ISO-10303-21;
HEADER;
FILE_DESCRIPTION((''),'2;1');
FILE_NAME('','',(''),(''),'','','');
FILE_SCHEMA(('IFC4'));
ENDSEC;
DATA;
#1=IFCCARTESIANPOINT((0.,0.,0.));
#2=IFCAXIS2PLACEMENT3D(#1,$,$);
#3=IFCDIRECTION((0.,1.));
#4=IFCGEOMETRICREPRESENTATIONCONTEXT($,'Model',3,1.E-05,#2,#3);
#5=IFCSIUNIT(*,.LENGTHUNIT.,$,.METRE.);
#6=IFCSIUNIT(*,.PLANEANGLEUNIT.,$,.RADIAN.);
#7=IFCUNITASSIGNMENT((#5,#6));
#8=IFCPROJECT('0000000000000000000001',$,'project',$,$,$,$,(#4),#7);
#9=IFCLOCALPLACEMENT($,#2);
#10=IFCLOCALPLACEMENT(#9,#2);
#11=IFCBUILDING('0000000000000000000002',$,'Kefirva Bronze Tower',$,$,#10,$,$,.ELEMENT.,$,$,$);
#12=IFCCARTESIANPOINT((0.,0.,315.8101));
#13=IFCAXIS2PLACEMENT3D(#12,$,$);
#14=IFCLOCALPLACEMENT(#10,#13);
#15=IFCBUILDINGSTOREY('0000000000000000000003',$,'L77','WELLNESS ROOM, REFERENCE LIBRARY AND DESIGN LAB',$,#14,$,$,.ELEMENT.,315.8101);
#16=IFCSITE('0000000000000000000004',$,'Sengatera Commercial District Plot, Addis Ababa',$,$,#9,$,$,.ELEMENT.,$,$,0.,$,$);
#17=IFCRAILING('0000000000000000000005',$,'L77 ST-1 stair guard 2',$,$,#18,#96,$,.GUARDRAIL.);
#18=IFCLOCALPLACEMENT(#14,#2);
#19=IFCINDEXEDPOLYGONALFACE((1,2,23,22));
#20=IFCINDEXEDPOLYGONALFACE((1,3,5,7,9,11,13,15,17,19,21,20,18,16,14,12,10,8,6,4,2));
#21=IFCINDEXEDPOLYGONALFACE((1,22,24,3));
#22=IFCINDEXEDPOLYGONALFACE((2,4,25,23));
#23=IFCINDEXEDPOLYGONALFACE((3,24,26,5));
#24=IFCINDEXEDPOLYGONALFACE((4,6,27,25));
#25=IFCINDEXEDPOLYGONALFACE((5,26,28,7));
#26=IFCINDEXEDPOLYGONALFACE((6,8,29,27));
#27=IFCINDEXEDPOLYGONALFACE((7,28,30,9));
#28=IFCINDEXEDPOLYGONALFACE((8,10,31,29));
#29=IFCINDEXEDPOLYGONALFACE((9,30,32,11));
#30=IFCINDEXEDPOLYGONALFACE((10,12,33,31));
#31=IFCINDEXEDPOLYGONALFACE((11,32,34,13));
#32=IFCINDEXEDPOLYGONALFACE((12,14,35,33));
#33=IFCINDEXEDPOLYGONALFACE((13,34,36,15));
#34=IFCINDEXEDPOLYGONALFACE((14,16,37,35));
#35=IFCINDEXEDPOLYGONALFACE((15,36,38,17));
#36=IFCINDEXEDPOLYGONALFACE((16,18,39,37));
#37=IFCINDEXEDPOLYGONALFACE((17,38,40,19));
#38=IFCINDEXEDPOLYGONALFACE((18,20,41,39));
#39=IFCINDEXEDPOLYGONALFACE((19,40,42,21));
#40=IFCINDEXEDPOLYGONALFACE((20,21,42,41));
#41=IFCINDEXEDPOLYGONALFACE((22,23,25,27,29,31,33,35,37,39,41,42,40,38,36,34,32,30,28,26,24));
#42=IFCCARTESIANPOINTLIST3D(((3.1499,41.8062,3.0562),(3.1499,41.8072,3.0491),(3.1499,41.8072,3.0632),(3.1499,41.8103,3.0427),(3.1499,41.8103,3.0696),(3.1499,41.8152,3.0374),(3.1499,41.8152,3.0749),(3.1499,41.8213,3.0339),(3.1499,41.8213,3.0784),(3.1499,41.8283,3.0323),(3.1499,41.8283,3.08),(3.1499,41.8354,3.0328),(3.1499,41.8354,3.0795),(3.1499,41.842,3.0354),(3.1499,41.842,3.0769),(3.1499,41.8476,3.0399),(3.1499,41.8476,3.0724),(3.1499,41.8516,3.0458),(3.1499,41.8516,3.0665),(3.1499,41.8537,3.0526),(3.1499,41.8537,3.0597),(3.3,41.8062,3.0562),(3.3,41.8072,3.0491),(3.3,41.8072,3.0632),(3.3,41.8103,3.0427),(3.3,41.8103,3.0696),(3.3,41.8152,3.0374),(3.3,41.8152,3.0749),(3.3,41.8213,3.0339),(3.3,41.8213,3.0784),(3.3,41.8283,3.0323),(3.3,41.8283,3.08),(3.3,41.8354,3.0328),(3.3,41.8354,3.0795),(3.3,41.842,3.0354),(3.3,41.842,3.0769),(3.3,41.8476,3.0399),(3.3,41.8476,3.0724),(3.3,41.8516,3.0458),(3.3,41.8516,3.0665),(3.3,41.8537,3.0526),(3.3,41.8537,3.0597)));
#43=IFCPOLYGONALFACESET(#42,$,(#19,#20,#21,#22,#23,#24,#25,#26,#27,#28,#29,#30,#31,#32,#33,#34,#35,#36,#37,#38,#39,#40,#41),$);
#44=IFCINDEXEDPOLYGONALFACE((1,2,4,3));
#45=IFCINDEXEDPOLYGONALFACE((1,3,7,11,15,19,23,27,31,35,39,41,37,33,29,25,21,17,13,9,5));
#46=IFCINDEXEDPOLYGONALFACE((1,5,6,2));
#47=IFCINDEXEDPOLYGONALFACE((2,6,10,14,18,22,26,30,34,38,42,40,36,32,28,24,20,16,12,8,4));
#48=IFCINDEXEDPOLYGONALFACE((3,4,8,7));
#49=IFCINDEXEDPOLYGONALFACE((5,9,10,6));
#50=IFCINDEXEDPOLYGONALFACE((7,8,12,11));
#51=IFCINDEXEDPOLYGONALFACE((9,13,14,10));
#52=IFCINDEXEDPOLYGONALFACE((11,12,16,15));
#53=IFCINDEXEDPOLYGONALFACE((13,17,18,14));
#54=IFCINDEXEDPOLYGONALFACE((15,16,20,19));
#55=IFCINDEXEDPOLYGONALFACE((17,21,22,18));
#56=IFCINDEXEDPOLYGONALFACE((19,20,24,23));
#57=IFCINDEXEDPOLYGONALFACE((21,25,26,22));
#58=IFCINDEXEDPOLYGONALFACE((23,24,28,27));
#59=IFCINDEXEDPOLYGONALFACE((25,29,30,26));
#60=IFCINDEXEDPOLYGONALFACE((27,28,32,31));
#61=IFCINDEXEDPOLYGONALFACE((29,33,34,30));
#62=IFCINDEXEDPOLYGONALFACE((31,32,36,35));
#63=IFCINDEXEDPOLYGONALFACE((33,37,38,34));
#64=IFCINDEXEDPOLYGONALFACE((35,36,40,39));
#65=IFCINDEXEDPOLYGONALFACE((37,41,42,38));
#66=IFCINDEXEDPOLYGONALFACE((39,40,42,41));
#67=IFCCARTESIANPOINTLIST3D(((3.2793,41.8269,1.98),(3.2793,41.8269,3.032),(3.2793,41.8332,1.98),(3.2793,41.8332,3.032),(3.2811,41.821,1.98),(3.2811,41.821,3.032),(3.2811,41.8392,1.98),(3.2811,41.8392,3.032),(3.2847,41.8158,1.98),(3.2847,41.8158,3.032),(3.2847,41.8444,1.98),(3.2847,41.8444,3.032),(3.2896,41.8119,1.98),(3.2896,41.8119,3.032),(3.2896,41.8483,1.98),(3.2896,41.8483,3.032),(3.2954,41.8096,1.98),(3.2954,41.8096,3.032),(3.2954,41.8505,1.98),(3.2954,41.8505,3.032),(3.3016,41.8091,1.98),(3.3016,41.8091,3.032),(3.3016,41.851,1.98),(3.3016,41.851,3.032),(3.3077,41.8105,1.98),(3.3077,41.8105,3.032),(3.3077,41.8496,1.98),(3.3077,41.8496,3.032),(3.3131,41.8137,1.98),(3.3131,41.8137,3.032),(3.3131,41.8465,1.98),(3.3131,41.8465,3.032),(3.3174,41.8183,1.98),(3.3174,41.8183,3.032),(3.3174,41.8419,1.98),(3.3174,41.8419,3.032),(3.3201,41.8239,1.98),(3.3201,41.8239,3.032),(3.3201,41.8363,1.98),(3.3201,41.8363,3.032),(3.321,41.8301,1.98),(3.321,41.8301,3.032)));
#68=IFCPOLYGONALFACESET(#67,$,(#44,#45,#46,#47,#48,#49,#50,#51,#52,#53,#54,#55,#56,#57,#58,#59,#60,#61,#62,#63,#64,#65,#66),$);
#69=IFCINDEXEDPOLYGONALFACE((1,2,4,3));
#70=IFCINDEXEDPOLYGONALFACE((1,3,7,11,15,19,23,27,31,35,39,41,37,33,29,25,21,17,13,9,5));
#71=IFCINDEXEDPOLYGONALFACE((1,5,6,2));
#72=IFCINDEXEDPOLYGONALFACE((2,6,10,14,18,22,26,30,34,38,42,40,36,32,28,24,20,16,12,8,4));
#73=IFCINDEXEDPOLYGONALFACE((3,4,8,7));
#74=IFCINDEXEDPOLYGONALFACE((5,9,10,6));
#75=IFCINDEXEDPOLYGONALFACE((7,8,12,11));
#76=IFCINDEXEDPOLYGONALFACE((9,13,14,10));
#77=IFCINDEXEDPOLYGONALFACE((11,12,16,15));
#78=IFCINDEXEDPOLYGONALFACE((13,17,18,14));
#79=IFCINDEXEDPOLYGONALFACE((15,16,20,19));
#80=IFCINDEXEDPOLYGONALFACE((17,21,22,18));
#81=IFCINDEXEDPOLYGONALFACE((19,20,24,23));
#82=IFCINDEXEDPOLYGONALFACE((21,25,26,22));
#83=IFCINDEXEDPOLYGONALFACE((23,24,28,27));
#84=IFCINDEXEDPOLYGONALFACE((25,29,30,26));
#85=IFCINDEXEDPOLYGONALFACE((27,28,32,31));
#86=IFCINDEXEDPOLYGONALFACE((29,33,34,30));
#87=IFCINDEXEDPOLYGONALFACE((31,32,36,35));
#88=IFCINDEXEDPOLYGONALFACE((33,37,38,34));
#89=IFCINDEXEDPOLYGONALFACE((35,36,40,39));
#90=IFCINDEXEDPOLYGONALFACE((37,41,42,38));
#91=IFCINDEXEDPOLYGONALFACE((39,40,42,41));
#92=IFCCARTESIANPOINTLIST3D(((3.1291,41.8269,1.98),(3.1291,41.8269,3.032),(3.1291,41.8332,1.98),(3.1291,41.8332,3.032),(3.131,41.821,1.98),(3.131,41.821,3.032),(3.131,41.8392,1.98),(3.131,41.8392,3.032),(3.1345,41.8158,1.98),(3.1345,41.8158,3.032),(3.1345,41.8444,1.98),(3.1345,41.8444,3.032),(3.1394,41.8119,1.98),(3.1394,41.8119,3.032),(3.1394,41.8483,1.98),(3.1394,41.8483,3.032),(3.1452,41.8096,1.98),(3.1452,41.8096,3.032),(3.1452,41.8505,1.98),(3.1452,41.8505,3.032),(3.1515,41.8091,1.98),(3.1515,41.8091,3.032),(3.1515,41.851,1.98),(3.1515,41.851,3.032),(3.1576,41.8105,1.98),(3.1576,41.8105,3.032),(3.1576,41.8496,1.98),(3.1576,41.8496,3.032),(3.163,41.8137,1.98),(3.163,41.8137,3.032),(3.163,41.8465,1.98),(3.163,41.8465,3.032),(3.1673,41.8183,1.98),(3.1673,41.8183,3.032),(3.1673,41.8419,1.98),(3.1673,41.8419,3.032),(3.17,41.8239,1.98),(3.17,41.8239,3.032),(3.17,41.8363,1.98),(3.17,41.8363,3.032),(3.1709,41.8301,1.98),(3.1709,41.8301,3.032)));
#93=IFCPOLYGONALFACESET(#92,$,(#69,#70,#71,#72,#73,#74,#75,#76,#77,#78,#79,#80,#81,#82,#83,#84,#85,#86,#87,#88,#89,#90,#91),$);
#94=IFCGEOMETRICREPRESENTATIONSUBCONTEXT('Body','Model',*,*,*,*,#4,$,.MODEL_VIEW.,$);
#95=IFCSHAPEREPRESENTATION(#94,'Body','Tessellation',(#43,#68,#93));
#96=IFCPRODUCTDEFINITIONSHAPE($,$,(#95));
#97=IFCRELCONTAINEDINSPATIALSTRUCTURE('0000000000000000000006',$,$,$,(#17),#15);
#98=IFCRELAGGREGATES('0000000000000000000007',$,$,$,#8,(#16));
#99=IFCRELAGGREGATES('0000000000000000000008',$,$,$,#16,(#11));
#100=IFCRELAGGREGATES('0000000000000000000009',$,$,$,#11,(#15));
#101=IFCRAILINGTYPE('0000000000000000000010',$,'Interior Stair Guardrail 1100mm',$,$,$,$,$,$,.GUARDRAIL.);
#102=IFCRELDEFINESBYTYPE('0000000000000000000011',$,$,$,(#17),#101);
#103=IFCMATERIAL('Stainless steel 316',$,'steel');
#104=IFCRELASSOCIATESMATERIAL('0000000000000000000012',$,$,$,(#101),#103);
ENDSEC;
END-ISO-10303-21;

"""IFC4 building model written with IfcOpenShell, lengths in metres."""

from ifc_helpers import new_model, si_unit, direction, frame, origin, origin_2d, place, context, subcontext, project, spatial, circle, extrude, material, type_object, element, save


model = new_model("IFC4")

# Units and contexts
model_context = context("Model", 3, precision=1e-05, world=origin(), true_north=direction((0.0, 1.0)))
body_context = subcontext(model_context, "Body", "Model", "MODEL_VIEW")
ifc_project = project(units=[si_unit("LENGTHUNIT", "METRE"), si_unit("PLANEANGLEUNIT", "RADIAN")], contexts=[model_context])

# Site, building, storey
site_placement = place(None, origin())
site = spatial("IfcSite", under=ifc_project, at=site_placement, Name="Sengatera Commercial District Plot, Addis Ababa", CompositionType="ELEMENT", RefElevation=0.0)
building_placement = place(site_placement, origin())
building = spatial("IfcBuilding", under=site, at=building_placement, Name="Kefirva Bronze Tower", CompositionType="ELEMENT")
storey_placement = place(building_placement, frame((0.0, 0.0, 315.8101)))
storey = spatial("IfcBuildingStorey", under=building, at=storey_placement, Name="L77", Description="WELLNESS ROOM, REFERENCE LIBRARY AND DESIGN LAB", CompositionType="ELEMENT", Elevation=315.8101)

# Railing
ifc_material_1 = material(Name="Stainless steel 316", Category="steel")
railing_type_1 = type_object("IfcRailingType", Name="Interior Stair Guardrail 1100mm", PredefinedType="GUARDRAIL", material=ifc_material_1)
railing_1_placement = place(storey_placement, frame((3.3, 41.8301, 1.98)))
element("IfcRailing", 1, at=railing_1_placement, inside=storey, type_object=railing_type_1, Name="L77 ST-1 stair guard 2", PredefinedType="GUARDRAIL", context=body_context, shape_type="SweptSolid", body=[
    extrude(circle(Radius=0.0239, at=origin_2d()), frame((0.0, 0.0, 1.0762), z_axis=(-1.0, 0.0, 0.0), x_axis=(0.0, -1.0, 0.0)), (0.0, 0.0, 1.0), 0.1501),
    extrude(circle(Radius=0.021, at=origin_2d()), origin(), (0.0, 0.0, 1.0), 1.052),
    extrude(circle(Radius=0.021, at=origin_2d()), frame((-0.1501, 0.0, 0.0)), (0.0, 0.0, 1.0), 1.052),
])

save(model, "model.ifc")
